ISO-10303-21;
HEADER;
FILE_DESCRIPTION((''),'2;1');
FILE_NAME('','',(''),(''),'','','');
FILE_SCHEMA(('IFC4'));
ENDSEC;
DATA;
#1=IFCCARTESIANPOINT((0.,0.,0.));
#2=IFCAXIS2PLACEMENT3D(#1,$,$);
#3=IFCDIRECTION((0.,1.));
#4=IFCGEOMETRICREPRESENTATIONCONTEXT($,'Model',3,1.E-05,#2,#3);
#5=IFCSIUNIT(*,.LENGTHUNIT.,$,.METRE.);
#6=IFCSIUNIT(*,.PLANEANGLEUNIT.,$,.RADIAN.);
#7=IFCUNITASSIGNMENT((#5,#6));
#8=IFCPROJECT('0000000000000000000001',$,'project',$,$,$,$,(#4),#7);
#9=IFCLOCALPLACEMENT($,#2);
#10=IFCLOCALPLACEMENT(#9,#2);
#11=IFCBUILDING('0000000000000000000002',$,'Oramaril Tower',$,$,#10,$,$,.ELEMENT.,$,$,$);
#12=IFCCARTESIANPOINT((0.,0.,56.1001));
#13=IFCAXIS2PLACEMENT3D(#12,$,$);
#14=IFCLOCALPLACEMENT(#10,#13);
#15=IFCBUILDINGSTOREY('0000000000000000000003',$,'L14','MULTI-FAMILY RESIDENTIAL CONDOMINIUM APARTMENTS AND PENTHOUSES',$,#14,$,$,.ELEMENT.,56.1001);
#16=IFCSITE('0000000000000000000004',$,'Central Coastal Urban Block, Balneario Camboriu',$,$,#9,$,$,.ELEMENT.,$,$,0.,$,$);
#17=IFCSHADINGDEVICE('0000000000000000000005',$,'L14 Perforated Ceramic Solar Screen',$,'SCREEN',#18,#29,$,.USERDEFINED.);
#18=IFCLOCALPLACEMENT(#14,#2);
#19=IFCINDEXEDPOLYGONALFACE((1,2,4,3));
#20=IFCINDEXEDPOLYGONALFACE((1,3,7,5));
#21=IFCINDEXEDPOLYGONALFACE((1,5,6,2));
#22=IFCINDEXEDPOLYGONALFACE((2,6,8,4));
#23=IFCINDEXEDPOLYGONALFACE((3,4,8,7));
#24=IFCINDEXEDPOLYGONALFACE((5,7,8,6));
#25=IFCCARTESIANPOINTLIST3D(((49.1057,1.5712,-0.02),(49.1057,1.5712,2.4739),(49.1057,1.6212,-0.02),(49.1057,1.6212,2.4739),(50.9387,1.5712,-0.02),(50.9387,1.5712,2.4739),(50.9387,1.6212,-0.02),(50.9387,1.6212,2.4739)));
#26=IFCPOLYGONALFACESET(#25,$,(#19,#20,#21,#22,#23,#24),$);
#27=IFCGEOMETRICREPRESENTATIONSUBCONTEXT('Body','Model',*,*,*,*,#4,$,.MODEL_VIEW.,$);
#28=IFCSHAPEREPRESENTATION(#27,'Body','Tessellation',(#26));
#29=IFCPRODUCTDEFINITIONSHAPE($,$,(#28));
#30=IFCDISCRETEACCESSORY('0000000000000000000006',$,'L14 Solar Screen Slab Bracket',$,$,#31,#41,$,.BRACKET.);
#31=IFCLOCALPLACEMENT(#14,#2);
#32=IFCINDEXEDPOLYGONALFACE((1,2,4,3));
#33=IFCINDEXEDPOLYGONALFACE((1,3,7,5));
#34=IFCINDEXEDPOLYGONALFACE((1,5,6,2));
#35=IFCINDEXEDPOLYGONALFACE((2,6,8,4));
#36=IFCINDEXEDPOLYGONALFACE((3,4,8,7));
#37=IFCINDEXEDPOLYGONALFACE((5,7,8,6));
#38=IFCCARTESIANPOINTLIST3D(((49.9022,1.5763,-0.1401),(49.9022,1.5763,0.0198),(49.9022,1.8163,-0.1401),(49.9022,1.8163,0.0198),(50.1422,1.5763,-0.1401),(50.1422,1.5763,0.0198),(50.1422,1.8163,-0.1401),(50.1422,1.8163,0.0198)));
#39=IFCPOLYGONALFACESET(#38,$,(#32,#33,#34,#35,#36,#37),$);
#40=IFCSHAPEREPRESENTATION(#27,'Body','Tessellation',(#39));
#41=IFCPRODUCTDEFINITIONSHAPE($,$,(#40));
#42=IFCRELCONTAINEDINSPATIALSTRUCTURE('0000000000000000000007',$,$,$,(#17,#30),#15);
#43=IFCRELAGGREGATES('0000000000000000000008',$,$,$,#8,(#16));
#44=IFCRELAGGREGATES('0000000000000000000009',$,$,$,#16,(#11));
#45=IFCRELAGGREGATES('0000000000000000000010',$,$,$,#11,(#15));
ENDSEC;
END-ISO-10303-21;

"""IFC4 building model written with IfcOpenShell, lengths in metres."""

from ifc_helpers import new_model, si_unit, direction, frame, origin, origin_2d, place, context, subcontext, project, spatial, rectangle, extrude, element, save


model = new_model("IFC4")

# Units and contexts
model_context = context("Model", 3, precision=1e-05, world=origin(), true_north=direction((0.0, 1.0)))
body_context = subcontext(model_context, "Body", "Model", "MODEL_VIEW")
ifc_project = project(units=[si_unit("LENGTHUNIT", "METRE"), si_unit("PLANEANGLEUNIT", "RADIAN")], contexts=[model_context])

# Site, building, storey
site_placement = place(None, origin())
site = spatial("IfcSite", under=ifc_project, at=site_placement, Name="Central Coastal Urban Block, Balneario Camboriu", CompositionType="ELEMENT", RefElevation=0.0)
building_placement = place(site_placement, origin())
building = spatial("IfcBuilding", under=site, at=building_placement, Name="Oramaril Tower", CompositionType="ELEMENT")
storey_placement = place(building_placement, frame((0.0, 0.0, 56.1001)))
storey = spatial("IfcBuildingStorey", under=building, at=storey_placement, Name="L14", Description="MULTI-FAMILY RESIDENTIAL CONDOMINIUM APARTMENTS AND PENTHOUSES", CompositionType="ELEMENT", Elevation=56.1001)

# Shading device
shading_device_placement = place(storey_placement, frame((50.0222, 1.5962, -0.02), z_axis=(0.0, 0.0, 1.0), x_axis=(1.0, 0.0, 0.0)))
element("IfcShadingDevice", 1, at=shading_device_placement, inside=storey, Name="L14 Perforated Ceramic Solar Screen", ObjectType="SCREEN", PredefinedType="USERDEFINED", context=body_context, shape_type="SweptSolid", body=[
    extrude(rectangle(XDim=1.833, YDim=0.05, at=origin_2d()), origin(), (0.0, 0.0, 1.0), 2.4939),
])

# Discrete accessory
discrete_accessory_placement = place(storey_placement, frame((50.0222, 1.6963, -0.1401), z_axis=(0.0, 0.0, 1.0), x_axis=(1.0, 0.0, 0.0)))
element("IfcDiscreteAccessory", 2, at=discrete_accessory_placement, inside=storey, Name="L14 Solar Screen Slab Bracket", PredefinedType="BRACKET", context=body_context, shape_type="SweptSolid", body=[
    extrude(rectangle(XDim=0.24, YDim=0.24, at=origin_2d()), origin(), (0.0, 0.0, 1.0), 0.1599),
])

save(model, "model.ifc")
